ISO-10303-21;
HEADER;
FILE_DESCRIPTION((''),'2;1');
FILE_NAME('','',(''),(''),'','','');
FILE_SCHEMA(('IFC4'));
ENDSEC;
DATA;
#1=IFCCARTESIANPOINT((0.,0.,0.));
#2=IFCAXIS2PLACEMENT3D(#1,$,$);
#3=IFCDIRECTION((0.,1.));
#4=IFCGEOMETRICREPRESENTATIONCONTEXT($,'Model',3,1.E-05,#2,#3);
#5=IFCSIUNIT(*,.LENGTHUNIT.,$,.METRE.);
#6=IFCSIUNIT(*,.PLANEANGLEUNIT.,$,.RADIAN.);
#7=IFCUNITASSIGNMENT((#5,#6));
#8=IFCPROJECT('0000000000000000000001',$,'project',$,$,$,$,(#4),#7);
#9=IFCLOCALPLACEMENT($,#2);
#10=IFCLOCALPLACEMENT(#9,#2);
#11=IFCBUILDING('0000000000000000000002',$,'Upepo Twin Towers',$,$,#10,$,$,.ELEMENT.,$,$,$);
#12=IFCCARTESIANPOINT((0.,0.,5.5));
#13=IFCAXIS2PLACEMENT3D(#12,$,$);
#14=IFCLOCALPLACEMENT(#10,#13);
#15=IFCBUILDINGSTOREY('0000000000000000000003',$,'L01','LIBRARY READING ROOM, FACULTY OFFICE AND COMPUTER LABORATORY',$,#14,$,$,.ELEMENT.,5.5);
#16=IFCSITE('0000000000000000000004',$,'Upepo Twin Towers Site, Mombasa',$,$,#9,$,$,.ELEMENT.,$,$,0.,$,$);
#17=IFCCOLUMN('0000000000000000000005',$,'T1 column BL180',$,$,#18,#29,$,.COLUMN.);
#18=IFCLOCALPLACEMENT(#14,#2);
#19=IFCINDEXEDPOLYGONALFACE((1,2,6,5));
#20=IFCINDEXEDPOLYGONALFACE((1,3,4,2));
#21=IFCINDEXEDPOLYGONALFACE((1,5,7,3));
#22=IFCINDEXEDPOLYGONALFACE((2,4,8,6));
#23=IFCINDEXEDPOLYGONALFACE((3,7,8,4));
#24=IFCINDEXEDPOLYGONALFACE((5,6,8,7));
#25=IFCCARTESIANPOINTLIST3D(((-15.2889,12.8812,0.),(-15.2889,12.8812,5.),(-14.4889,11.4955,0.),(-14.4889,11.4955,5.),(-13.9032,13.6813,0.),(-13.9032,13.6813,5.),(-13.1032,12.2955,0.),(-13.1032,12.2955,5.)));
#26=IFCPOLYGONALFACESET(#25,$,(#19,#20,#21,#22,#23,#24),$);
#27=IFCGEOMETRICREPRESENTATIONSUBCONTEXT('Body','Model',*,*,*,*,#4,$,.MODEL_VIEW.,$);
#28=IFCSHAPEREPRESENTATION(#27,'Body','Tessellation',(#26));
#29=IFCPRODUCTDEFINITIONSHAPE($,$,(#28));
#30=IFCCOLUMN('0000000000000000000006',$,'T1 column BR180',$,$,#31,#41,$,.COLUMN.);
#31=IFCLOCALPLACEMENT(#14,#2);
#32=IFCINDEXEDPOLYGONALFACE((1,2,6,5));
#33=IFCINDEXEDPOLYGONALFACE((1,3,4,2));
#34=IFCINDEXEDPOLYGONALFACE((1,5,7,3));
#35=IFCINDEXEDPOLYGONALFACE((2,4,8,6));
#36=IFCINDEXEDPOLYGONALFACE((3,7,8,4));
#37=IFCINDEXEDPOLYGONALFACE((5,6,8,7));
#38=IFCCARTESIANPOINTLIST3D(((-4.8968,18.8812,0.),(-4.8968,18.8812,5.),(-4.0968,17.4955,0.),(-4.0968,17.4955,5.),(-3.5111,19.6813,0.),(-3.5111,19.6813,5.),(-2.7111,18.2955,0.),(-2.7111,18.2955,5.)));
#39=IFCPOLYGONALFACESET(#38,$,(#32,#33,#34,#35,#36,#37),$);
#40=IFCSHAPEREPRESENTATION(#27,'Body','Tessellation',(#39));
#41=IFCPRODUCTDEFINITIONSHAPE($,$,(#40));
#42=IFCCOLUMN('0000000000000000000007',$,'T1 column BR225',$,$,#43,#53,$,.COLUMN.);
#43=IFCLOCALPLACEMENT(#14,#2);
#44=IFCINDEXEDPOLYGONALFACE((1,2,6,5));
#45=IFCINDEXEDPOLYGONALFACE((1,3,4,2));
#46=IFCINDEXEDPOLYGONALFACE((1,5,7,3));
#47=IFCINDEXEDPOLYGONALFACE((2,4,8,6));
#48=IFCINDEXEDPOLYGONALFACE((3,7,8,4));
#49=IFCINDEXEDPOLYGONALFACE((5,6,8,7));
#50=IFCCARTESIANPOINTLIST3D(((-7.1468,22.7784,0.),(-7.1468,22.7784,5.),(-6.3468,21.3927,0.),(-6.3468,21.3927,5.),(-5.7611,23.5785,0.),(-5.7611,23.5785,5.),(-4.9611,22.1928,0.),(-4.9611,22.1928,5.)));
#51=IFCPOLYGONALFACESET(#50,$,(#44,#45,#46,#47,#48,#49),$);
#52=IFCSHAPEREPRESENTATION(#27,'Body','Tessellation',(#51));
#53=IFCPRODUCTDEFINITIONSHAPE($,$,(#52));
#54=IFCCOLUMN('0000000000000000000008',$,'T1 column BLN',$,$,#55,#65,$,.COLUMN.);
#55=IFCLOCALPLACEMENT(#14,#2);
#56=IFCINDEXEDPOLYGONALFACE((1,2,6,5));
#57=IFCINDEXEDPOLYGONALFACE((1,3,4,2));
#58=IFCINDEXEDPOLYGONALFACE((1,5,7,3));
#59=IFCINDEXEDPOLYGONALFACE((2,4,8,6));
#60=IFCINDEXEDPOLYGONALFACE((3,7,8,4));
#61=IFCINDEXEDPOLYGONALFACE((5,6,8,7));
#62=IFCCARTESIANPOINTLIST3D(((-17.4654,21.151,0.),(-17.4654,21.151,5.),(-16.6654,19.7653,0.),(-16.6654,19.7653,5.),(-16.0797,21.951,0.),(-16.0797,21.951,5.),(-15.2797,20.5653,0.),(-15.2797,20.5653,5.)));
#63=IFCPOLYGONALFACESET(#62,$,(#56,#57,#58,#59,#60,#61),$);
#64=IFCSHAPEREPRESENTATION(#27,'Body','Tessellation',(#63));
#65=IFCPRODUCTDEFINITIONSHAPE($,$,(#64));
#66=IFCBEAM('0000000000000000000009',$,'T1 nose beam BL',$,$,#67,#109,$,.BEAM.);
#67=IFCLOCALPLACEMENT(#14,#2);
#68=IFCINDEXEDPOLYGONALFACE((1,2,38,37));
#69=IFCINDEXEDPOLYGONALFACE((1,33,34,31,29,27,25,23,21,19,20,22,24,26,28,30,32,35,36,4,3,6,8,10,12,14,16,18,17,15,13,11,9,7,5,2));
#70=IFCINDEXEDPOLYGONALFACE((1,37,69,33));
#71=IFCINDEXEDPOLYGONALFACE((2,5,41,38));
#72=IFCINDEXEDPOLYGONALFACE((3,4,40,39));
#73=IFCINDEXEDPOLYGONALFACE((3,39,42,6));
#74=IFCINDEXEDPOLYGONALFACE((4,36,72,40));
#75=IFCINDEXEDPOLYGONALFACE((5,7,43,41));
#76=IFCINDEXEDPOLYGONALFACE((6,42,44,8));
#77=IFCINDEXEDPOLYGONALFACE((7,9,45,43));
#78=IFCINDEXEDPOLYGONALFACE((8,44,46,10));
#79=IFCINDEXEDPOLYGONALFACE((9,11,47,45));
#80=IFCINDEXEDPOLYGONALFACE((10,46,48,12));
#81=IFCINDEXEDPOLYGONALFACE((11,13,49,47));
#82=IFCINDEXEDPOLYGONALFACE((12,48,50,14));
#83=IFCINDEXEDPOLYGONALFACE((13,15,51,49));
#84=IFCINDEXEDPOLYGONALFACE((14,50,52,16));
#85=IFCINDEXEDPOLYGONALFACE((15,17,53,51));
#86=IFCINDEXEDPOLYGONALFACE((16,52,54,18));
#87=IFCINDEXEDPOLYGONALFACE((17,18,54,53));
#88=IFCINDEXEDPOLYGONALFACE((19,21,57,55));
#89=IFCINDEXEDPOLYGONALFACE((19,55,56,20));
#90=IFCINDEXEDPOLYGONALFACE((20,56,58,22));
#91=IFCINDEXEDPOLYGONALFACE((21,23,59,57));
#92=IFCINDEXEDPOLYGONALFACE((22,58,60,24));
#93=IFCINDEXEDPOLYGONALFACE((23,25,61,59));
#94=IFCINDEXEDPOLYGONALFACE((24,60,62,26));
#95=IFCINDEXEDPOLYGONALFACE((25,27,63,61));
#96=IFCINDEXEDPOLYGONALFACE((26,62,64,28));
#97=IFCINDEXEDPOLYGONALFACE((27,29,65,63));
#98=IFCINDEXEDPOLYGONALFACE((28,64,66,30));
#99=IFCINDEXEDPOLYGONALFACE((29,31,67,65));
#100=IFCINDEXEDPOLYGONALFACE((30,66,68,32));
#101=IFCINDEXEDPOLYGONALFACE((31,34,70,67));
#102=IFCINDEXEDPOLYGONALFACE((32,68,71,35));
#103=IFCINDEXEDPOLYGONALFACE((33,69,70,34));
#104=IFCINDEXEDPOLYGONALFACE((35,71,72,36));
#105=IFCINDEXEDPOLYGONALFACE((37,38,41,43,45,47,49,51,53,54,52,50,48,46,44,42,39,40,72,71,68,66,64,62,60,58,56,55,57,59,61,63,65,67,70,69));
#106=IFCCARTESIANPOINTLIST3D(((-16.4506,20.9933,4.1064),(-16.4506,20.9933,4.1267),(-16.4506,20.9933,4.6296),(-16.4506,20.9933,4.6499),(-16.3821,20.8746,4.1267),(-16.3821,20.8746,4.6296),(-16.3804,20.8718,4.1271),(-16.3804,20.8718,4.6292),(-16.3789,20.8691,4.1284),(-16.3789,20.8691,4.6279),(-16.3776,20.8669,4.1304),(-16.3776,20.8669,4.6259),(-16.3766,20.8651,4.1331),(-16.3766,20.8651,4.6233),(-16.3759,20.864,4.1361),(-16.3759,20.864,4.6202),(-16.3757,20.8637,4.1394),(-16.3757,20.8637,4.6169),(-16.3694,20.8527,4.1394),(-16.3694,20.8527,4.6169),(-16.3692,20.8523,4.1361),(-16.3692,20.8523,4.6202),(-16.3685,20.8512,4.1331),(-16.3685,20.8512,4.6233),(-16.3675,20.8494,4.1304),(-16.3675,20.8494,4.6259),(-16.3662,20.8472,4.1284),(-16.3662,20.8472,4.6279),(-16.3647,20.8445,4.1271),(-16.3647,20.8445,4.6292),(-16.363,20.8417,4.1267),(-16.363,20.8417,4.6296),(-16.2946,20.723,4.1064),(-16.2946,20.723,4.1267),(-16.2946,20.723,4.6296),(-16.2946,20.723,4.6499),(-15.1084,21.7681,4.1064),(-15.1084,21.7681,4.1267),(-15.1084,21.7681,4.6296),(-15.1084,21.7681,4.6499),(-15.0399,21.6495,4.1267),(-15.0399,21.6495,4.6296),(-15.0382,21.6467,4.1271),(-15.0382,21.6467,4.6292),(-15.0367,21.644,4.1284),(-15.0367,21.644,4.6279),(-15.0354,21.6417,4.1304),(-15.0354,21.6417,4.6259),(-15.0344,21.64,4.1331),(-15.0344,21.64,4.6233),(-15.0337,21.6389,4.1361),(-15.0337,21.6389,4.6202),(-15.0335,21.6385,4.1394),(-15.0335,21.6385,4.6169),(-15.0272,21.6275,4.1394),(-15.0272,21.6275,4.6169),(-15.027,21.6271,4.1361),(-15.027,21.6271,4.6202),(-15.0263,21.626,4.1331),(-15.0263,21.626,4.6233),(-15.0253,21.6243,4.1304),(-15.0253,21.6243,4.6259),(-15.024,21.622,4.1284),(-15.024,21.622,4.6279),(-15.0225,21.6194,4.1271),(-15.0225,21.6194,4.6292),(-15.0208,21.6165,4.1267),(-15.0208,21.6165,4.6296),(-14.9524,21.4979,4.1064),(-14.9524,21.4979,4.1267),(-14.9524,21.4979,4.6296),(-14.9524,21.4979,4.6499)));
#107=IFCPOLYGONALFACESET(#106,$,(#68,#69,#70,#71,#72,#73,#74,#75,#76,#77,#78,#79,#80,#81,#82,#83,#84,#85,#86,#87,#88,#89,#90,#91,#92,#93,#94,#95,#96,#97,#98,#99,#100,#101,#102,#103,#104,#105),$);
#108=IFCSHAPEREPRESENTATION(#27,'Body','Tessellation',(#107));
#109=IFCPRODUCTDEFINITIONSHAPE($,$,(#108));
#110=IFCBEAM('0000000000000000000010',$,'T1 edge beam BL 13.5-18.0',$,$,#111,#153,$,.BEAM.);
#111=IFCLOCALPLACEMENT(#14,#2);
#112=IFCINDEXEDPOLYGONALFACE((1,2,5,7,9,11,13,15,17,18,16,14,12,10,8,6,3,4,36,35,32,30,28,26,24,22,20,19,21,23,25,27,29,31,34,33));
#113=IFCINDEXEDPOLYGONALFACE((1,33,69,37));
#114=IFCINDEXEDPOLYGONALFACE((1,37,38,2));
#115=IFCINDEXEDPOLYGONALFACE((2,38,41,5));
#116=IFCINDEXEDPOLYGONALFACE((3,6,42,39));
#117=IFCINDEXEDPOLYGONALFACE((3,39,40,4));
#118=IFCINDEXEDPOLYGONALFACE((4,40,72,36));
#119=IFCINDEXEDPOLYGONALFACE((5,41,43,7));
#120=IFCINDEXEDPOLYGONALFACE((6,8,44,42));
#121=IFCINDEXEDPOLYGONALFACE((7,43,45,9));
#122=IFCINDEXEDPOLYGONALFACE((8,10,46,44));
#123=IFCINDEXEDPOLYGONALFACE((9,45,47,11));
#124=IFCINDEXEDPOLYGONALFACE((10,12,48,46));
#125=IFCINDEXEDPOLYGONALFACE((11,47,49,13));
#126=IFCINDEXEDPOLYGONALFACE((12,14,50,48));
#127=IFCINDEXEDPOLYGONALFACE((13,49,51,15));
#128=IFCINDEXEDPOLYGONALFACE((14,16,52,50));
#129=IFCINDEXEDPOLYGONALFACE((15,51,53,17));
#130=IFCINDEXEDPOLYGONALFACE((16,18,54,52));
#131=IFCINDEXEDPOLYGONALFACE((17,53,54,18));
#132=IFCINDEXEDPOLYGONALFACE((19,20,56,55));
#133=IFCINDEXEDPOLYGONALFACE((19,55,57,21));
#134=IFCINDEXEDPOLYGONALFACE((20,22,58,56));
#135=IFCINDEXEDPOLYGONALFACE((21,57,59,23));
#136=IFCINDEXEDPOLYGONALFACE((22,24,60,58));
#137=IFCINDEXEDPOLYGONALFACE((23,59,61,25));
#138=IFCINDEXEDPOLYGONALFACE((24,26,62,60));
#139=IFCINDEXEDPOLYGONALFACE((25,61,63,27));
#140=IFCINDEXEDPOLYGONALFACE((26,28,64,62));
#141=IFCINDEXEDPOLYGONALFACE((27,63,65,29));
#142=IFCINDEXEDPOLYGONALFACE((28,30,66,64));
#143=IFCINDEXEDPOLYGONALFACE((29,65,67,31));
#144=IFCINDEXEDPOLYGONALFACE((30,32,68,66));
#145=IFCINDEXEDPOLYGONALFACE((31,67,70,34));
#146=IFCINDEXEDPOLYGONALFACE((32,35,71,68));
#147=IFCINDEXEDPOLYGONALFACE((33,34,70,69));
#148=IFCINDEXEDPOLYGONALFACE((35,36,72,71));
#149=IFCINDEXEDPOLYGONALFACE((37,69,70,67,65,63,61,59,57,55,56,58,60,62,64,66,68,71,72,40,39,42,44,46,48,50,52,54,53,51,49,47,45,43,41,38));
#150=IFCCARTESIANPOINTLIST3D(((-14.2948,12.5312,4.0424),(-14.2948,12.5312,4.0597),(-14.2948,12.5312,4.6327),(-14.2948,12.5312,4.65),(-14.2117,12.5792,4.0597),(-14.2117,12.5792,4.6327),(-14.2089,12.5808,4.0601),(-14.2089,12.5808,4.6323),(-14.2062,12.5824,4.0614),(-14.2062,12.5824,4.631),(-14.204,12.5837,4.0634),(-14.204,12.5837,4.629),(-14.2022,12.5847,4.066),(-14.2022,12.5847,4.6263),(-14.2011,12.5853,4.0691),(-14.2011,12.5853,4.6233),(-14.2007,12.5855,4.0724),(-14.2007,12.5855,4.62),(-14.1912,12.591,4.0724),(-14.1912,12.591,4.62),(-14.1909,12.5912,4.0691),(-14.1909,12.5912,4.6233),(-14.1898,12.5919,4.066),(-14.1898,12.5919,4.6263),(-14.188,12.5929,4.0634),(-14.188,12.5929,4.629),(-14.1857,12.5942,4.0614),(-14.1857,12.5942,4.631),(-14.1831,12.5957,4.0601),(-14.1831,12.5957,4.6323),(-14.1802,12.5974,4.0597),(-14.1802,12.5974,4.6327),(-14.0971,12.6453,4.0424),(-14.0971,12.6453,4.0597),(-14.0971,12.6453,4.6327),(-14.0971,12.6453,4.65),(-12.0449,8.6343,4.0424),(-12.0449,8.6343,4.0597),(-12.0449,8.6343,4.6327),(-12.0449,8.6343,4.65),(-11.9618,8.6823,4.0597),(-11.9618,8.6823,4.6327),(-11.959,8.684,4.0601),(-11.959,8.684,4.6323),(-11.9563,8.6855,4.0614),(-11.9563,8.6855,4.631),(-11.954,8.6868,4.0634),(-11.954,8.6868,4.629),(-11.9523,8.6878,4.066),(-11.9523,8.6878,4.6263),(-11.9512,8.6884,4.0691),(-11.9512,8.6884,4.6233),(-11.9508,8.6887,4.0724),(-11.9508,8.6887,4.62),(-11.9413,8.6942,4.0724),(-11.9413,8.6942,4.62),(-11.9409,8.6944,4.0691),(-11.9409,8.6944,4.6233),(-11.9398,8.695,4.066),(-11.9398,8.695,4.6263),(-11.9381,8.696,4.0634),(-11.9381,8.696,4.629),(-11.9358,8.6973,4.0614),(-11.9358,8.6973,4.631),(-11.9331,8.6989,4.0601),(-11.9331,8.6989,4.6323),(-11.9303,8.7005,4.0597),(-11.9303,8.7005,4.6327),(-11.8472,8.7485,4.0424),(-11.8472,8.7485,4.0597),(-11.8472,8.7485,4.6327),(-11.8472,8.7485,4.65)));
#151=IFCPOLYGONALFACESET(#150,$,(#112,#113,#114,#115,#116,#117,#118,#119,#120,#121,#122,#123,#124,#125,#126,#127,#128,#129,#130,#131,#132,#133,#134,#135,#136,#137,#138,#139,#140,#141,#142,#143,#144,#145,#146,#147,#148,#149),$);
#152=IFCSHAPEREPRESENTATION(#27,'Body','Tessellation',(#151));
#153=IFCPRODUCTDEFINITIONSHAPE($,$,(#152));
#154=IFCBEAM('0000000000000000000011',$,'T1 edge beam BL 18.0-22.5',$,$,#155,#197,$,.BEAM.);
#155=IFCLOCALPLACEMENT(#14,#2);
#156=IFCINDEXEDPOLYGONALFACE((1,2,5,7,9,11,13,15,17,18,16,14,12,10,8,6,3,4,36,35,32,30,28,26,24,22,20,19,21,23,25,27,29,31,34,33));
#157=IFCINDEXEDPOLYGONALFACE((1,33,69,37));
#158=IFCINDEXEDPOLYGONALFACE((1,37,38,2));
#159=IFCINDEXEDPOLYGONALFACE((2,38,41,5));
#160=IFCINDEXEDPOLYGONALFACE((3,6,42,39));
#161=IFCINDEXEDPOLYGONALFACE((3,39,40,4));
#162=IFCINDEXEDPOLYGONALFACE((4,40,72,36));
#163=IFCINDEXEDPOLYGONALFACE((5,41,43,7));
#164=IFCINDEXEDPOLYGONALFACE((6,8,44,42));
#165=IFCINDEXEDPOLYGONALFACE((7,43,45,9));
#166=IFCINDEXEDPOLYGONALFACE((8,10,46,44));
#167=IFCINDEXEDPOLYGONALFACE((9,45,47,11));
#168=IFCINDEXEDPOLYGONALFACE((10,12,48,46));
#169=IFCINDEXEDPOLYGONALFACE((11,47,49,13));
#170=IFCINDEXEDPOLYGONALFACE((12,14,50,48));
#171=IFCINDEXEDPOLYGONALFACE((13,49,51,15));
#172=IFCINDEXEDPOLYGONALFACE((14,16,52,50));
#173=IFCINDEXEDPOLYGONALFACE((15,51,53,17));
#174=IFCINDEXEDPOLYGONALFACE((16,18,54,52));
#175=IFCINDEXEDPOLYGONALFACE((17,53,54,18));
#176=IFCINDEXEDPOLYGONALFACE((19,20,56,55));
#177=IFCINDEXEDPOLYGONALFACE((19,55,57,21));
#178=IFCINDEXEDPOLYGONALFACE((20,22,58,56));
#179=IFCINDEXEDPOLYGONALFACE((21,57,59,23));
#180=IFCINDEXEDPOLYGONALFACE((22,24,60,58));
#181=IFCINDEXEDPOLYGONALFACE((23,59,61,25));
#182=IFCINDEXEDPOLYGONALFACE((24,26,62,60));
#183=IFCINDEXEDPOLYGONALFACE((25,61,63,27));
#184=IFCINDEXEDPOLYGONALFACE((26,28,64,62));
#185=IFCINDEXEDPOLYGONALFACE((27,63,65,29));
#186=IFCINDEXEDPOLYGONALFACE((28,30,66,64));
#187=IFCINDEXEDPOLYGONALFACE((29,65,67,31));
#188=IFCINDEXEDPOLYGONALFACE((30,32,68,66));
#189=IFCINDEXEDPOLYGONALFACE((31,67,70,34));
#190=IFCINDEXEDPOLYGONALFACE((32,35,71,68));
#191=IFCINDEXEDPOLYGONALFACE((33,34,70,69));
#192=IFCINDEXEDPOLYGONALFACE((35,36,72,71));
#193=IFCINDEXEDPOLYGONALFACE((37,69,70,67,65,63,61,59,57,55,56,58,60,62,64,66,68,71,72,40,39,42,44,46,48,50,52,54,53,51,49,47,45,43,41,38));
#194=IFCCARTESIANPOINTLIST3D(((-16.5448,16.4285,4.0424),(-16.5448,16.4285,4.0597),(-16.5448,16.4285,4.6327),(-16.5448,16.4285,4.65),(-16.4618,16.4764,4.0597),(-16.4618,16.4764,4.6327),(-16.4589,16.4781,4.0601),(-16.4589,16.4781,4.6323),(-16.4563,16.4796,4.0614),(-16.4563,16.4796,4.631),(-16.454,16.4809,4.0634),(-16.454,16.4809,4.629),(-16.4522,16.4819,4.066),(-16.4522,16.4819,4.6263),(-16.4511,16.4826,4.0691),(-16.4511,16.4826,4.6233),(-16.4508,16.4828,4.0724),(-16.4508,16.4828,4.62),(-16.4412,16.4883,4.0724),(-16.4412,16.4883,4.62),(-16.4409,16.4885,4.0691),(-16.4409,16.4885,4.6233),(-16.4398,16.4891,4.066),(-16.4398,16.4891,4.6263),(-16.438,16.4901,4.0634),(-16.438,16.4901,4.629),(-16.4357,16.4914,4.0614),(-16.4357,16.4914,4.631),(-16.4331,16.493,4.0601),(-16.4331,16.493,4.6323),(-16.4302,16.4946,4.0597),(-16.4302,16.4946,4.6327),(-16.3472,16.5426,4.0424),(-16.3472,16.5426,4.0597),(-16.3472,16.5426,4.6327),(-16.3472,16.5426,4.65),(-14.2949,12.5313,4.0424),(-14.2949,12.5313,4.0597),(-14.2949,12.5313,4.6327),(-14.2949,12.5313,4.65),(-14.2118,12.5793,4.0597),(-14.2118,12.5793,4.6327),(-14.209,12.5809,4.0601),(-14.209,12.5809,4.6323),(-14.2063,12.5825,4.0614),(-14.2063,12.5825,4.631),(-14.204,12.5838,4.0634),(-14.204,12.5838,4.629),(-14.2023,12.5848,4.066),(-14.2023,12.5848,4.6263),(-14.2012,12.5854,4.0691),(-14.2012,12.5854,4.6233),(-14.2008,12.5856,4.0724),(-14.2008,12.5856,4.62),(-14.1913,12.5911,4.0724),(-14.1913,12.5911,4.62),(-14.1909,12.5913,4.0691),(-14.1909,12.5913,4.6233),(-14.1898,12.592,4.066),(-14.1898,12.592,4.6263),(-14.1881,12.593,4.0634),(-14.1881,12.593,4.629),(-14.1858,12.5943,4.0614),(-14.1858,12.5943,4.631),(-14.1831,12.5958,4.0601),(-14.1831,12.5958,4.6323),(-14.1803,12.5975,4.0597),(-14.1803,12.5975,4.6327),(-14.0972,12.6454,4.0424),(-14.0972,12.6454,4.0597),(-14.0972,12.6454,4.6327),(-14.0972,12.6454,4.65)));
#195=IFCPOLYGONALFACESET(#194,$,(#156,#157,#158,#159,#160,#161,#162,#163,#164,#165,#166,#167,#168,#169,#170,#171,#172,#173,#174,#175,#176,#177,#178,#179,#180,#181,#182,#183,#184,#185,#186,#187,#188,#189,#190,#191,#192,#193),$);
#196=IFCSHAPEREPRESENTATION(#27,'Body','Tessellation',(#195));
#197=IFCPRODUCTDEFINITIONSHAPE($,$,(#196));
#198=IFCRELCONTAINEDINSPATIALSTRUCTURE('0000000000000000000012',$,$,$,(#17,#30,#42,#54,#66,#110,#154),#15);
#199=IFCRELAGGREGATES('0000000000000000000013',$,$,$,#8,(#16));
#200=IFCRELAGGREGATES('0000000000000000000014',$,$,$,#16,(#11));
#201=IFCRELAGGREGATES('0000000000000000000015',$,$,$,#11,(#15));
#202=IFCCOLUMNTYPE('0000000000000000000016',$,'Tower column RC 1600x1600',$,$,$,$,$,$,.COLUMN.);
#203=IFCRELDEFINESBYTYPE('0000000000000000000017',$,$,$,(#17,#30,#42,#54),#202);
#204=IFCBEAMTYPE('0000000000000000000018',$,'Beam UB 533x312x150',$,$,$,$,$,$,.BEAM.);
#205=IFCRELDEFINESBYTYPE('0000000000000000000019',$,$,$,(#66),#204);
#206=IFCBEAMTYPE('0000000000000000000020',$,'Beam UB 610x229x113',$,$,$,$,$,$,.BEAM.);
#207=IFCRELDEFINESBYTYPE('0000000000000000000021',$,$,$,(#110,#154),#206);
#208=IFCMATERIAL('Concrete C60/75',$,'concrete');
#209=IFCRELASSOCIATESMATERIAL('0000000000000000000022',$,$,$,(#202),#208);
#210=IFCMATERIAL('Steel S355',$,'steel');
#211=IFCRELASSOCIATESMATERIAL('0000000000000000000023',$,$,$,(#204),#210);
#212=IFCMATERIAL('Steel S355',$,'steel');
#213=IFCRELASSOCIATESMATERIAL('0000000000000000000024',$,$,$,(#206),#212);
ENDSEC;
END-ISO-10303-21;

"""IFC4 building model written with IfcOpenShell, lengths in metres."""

from ifc_helpers import new_model, si_unit, direction, frame, origin, origin_2d, place, context, subcontext, project, spatial, rectangle, i_section, extrude, material, material_profile, profile_set, type_object, element, save


model = new_model("IFC4")

# Units and contexts
model_context = context("Model", 3, precision=1e-05, world=origin(), true_north=direction((0.0, 1.0)))
body_context = subcontext(model_context, "Body", "Model", "MODEL_VIEW")
ifc_project = project(units=[si_unit("LENGTHUNIT", "METRE"), si_unit("PLANEANGLEUNIT", "RADIAN")], contexts=[model_context])

# Site, building, storey
site_placement = place(None, origin())
site = spatial("IfcSite", under=ifc_project, at=site_placement, Name="Upepo Twin Towers Site, Mombasa", CompositionType="ELEMENT", RefElevation=0.0)
building_placement = place(site_placement, origin())
building = spatial("IfcBuilding", under=site, at=building_placement, Name="Upepo Twin Towers", CompositionType="ELEMENT")
storey_placement = place(building_placement, frame((0.0, 0.0, 5.5)))
storey = spatial("IfcBuildingStorey", under=building, at=storey_placement, Name="L01", Description="LIBRARY READING ROOM, FACULTY OFFICE AND COMPUTER LABORATORY", CompositionType="ELEMENT", Elevation=5.5)

# Columns
ifc_material_1 = material(Name="Concrete C60/75", Category="concrete")
ifc_material_profile_1 = material_profile(ifc_material_1, rectangle(XDim=1.6001, YDim=1.6001, at=origin_2d()), Name="RC 1600x1600")
ifc_profile_set_1 = profile_set([ifc_material_profile_1], Name="Concrete C60/75")
column_type = type_object("IfcColumnType", Name="Tower column RC 1600x1600", PredefinedType="COLUMN", material=ifc_profile_set_1)
for number, where, z_axis, x_axis, name in (
    (1, (-14.196, 12.5884, 0.0), (0.0, 0.0, 1.0), (0.866025, 0.5, 0.0), "T1 column BL180"),
    (2, (-3.804, 18.5884, 0.0), (0.0, 0.0, 1.0), (0.866025, 0.5, 0.0), "T1 column BR180"),
    (3, (-6.054, 22.4856, 0.0), (0.0, 0.0, 1.0), (0.866025, 0.5, 0.0), "T1 column BR225"),
    (4, (-16.3726, 20.8582, 0.0), (0.0, 0.0, 1.0), (0.866025, 0.5, 0.0), "T1 column BLN"),
):
    element("IfcColumn", number, at=place(storey_placement, frame(where, z_axis=z_axis, x_axis=x_axis)), inside=storey, type_object=column_type, Name=name, PredefinedType="COLUMN", context=body_context, shape_type="SweptSolid", body=[
        extrude(rectangle(XDim=1.6001, YDim=1.6001, at=origin_2d()), origin(), (0.0, 0.0, 1.0), 5.0),
    ])

# Beams
ifc_material_2 = material(Name="Steel S355", Category="steel")
ifc_material_profile_2 = material_profile(ifc_material_2, i_section(OverallWidth=0.312, OverallDepth=0.5435, WebThickness=0.0127, FlangeThickness=0.0203, FilletRadius=0.0127, at=origin_2d()), Name="UB 533x312x150")
ifc_profile_set_2 = profile_set([ifc_material_profile_2], Name="Steel S355")
beam_type_1 = type_object("IfcBeamType", Name="Beam UB 533x312x150", PredefinedType="BEAM", material=ifc_profile_set_2)
beam_1_placement = place(storey_placement, frame((-16.3726, 20.8582, 4.3782), z_axis=(0.866044, 0.499968, 0.0), x_axis=(-0.499968, 0.866044, 0.0)))
element("IfcBeam", 5, at=beam_1_placement, inside=storey, type_object=beam_type_1, Name="T1 nose beam BL", PredefinedType="BEAM", context=body_context, shape_type="SweptSolid", body=[
    extrude(i_section(OverallWidth=0.312, OverallDepth=0.5435, WebThickness=0.0127, FlangeThickness=0.0203, FilletRadius=0.0127, at=origin_2d()), origin(), (0.0, 0.0, 1.0), 1.5498),
])
ifc_material_3 = material(Name="Steel S355", Category="steel")
ifc_material_profile_3 = material_profile(ifc_material_3, i_section(OverallWidth=0.2283, OverallDepth=0.6077, WebThickness=0.011, FlangeThickness=0.0173, FilletRadius=0.0127, at=origin_2d()), Name="UB 610x229x113")
ifc_profile_set_3 = profile_set([ifc_material_profile_3], Name="Steel S355")
beam_type_2 = type_object("IfcBeamType", Name="Beam UB 610x229x113", PredefinedType="BEAM", material=ifc_profile_set_3)
beam_2_placement = place(storey_placement, frame((-11.946, 8.6914, 4.3462), z_axis=(-0.500014, 0.866018, 0.0), x_axis=(-0.866018, -0.500014, 0.0)))
element("IfcBeam", 6, at=beam_2_placement, inside=storey, type_object=beam_type_2, Name="T1 edge beam BL 13.5-18.0", PredefinedType="BEAM", context=body_context, shape_type="SweptSolid", body=[
    extrude(i_section(OverallWidth=0.2283, OverallDepth=0.6077, WebThickness=0.011, FlangeThickness=0.0173, FilletRadius=0.0127, at=origin_2d()), origin(), (0.0, 0.0, 1.0), 4.4998),
])
beam_3_placement = place(storey_placement, frame((-14.196, 12.5884, 4.3462), z_axis=(-0.49999, 0.866031, 0.0), x_axis=(-0.866031, -0.49999, 0.0)))
element("IfcBeam", 7, at=beam_3_placement, inside=storey, type_object=beam_type_2, Name="T1 edge beam BL 18.0-22.5", PredefinedType="BEAM", context=body_context, shape_type="SweptSolid", body=[
    extrude(i_section(OverallWidth=0.2283, OverallDepth=0.6077, WebThickness=0.011, FlangeThickness=0.0173, FilletRadius=0.0127, at=origin_2d()), origin(), (0.0, 0.0, 1.0), 4.5),
])

save(model, "model.ifc")
